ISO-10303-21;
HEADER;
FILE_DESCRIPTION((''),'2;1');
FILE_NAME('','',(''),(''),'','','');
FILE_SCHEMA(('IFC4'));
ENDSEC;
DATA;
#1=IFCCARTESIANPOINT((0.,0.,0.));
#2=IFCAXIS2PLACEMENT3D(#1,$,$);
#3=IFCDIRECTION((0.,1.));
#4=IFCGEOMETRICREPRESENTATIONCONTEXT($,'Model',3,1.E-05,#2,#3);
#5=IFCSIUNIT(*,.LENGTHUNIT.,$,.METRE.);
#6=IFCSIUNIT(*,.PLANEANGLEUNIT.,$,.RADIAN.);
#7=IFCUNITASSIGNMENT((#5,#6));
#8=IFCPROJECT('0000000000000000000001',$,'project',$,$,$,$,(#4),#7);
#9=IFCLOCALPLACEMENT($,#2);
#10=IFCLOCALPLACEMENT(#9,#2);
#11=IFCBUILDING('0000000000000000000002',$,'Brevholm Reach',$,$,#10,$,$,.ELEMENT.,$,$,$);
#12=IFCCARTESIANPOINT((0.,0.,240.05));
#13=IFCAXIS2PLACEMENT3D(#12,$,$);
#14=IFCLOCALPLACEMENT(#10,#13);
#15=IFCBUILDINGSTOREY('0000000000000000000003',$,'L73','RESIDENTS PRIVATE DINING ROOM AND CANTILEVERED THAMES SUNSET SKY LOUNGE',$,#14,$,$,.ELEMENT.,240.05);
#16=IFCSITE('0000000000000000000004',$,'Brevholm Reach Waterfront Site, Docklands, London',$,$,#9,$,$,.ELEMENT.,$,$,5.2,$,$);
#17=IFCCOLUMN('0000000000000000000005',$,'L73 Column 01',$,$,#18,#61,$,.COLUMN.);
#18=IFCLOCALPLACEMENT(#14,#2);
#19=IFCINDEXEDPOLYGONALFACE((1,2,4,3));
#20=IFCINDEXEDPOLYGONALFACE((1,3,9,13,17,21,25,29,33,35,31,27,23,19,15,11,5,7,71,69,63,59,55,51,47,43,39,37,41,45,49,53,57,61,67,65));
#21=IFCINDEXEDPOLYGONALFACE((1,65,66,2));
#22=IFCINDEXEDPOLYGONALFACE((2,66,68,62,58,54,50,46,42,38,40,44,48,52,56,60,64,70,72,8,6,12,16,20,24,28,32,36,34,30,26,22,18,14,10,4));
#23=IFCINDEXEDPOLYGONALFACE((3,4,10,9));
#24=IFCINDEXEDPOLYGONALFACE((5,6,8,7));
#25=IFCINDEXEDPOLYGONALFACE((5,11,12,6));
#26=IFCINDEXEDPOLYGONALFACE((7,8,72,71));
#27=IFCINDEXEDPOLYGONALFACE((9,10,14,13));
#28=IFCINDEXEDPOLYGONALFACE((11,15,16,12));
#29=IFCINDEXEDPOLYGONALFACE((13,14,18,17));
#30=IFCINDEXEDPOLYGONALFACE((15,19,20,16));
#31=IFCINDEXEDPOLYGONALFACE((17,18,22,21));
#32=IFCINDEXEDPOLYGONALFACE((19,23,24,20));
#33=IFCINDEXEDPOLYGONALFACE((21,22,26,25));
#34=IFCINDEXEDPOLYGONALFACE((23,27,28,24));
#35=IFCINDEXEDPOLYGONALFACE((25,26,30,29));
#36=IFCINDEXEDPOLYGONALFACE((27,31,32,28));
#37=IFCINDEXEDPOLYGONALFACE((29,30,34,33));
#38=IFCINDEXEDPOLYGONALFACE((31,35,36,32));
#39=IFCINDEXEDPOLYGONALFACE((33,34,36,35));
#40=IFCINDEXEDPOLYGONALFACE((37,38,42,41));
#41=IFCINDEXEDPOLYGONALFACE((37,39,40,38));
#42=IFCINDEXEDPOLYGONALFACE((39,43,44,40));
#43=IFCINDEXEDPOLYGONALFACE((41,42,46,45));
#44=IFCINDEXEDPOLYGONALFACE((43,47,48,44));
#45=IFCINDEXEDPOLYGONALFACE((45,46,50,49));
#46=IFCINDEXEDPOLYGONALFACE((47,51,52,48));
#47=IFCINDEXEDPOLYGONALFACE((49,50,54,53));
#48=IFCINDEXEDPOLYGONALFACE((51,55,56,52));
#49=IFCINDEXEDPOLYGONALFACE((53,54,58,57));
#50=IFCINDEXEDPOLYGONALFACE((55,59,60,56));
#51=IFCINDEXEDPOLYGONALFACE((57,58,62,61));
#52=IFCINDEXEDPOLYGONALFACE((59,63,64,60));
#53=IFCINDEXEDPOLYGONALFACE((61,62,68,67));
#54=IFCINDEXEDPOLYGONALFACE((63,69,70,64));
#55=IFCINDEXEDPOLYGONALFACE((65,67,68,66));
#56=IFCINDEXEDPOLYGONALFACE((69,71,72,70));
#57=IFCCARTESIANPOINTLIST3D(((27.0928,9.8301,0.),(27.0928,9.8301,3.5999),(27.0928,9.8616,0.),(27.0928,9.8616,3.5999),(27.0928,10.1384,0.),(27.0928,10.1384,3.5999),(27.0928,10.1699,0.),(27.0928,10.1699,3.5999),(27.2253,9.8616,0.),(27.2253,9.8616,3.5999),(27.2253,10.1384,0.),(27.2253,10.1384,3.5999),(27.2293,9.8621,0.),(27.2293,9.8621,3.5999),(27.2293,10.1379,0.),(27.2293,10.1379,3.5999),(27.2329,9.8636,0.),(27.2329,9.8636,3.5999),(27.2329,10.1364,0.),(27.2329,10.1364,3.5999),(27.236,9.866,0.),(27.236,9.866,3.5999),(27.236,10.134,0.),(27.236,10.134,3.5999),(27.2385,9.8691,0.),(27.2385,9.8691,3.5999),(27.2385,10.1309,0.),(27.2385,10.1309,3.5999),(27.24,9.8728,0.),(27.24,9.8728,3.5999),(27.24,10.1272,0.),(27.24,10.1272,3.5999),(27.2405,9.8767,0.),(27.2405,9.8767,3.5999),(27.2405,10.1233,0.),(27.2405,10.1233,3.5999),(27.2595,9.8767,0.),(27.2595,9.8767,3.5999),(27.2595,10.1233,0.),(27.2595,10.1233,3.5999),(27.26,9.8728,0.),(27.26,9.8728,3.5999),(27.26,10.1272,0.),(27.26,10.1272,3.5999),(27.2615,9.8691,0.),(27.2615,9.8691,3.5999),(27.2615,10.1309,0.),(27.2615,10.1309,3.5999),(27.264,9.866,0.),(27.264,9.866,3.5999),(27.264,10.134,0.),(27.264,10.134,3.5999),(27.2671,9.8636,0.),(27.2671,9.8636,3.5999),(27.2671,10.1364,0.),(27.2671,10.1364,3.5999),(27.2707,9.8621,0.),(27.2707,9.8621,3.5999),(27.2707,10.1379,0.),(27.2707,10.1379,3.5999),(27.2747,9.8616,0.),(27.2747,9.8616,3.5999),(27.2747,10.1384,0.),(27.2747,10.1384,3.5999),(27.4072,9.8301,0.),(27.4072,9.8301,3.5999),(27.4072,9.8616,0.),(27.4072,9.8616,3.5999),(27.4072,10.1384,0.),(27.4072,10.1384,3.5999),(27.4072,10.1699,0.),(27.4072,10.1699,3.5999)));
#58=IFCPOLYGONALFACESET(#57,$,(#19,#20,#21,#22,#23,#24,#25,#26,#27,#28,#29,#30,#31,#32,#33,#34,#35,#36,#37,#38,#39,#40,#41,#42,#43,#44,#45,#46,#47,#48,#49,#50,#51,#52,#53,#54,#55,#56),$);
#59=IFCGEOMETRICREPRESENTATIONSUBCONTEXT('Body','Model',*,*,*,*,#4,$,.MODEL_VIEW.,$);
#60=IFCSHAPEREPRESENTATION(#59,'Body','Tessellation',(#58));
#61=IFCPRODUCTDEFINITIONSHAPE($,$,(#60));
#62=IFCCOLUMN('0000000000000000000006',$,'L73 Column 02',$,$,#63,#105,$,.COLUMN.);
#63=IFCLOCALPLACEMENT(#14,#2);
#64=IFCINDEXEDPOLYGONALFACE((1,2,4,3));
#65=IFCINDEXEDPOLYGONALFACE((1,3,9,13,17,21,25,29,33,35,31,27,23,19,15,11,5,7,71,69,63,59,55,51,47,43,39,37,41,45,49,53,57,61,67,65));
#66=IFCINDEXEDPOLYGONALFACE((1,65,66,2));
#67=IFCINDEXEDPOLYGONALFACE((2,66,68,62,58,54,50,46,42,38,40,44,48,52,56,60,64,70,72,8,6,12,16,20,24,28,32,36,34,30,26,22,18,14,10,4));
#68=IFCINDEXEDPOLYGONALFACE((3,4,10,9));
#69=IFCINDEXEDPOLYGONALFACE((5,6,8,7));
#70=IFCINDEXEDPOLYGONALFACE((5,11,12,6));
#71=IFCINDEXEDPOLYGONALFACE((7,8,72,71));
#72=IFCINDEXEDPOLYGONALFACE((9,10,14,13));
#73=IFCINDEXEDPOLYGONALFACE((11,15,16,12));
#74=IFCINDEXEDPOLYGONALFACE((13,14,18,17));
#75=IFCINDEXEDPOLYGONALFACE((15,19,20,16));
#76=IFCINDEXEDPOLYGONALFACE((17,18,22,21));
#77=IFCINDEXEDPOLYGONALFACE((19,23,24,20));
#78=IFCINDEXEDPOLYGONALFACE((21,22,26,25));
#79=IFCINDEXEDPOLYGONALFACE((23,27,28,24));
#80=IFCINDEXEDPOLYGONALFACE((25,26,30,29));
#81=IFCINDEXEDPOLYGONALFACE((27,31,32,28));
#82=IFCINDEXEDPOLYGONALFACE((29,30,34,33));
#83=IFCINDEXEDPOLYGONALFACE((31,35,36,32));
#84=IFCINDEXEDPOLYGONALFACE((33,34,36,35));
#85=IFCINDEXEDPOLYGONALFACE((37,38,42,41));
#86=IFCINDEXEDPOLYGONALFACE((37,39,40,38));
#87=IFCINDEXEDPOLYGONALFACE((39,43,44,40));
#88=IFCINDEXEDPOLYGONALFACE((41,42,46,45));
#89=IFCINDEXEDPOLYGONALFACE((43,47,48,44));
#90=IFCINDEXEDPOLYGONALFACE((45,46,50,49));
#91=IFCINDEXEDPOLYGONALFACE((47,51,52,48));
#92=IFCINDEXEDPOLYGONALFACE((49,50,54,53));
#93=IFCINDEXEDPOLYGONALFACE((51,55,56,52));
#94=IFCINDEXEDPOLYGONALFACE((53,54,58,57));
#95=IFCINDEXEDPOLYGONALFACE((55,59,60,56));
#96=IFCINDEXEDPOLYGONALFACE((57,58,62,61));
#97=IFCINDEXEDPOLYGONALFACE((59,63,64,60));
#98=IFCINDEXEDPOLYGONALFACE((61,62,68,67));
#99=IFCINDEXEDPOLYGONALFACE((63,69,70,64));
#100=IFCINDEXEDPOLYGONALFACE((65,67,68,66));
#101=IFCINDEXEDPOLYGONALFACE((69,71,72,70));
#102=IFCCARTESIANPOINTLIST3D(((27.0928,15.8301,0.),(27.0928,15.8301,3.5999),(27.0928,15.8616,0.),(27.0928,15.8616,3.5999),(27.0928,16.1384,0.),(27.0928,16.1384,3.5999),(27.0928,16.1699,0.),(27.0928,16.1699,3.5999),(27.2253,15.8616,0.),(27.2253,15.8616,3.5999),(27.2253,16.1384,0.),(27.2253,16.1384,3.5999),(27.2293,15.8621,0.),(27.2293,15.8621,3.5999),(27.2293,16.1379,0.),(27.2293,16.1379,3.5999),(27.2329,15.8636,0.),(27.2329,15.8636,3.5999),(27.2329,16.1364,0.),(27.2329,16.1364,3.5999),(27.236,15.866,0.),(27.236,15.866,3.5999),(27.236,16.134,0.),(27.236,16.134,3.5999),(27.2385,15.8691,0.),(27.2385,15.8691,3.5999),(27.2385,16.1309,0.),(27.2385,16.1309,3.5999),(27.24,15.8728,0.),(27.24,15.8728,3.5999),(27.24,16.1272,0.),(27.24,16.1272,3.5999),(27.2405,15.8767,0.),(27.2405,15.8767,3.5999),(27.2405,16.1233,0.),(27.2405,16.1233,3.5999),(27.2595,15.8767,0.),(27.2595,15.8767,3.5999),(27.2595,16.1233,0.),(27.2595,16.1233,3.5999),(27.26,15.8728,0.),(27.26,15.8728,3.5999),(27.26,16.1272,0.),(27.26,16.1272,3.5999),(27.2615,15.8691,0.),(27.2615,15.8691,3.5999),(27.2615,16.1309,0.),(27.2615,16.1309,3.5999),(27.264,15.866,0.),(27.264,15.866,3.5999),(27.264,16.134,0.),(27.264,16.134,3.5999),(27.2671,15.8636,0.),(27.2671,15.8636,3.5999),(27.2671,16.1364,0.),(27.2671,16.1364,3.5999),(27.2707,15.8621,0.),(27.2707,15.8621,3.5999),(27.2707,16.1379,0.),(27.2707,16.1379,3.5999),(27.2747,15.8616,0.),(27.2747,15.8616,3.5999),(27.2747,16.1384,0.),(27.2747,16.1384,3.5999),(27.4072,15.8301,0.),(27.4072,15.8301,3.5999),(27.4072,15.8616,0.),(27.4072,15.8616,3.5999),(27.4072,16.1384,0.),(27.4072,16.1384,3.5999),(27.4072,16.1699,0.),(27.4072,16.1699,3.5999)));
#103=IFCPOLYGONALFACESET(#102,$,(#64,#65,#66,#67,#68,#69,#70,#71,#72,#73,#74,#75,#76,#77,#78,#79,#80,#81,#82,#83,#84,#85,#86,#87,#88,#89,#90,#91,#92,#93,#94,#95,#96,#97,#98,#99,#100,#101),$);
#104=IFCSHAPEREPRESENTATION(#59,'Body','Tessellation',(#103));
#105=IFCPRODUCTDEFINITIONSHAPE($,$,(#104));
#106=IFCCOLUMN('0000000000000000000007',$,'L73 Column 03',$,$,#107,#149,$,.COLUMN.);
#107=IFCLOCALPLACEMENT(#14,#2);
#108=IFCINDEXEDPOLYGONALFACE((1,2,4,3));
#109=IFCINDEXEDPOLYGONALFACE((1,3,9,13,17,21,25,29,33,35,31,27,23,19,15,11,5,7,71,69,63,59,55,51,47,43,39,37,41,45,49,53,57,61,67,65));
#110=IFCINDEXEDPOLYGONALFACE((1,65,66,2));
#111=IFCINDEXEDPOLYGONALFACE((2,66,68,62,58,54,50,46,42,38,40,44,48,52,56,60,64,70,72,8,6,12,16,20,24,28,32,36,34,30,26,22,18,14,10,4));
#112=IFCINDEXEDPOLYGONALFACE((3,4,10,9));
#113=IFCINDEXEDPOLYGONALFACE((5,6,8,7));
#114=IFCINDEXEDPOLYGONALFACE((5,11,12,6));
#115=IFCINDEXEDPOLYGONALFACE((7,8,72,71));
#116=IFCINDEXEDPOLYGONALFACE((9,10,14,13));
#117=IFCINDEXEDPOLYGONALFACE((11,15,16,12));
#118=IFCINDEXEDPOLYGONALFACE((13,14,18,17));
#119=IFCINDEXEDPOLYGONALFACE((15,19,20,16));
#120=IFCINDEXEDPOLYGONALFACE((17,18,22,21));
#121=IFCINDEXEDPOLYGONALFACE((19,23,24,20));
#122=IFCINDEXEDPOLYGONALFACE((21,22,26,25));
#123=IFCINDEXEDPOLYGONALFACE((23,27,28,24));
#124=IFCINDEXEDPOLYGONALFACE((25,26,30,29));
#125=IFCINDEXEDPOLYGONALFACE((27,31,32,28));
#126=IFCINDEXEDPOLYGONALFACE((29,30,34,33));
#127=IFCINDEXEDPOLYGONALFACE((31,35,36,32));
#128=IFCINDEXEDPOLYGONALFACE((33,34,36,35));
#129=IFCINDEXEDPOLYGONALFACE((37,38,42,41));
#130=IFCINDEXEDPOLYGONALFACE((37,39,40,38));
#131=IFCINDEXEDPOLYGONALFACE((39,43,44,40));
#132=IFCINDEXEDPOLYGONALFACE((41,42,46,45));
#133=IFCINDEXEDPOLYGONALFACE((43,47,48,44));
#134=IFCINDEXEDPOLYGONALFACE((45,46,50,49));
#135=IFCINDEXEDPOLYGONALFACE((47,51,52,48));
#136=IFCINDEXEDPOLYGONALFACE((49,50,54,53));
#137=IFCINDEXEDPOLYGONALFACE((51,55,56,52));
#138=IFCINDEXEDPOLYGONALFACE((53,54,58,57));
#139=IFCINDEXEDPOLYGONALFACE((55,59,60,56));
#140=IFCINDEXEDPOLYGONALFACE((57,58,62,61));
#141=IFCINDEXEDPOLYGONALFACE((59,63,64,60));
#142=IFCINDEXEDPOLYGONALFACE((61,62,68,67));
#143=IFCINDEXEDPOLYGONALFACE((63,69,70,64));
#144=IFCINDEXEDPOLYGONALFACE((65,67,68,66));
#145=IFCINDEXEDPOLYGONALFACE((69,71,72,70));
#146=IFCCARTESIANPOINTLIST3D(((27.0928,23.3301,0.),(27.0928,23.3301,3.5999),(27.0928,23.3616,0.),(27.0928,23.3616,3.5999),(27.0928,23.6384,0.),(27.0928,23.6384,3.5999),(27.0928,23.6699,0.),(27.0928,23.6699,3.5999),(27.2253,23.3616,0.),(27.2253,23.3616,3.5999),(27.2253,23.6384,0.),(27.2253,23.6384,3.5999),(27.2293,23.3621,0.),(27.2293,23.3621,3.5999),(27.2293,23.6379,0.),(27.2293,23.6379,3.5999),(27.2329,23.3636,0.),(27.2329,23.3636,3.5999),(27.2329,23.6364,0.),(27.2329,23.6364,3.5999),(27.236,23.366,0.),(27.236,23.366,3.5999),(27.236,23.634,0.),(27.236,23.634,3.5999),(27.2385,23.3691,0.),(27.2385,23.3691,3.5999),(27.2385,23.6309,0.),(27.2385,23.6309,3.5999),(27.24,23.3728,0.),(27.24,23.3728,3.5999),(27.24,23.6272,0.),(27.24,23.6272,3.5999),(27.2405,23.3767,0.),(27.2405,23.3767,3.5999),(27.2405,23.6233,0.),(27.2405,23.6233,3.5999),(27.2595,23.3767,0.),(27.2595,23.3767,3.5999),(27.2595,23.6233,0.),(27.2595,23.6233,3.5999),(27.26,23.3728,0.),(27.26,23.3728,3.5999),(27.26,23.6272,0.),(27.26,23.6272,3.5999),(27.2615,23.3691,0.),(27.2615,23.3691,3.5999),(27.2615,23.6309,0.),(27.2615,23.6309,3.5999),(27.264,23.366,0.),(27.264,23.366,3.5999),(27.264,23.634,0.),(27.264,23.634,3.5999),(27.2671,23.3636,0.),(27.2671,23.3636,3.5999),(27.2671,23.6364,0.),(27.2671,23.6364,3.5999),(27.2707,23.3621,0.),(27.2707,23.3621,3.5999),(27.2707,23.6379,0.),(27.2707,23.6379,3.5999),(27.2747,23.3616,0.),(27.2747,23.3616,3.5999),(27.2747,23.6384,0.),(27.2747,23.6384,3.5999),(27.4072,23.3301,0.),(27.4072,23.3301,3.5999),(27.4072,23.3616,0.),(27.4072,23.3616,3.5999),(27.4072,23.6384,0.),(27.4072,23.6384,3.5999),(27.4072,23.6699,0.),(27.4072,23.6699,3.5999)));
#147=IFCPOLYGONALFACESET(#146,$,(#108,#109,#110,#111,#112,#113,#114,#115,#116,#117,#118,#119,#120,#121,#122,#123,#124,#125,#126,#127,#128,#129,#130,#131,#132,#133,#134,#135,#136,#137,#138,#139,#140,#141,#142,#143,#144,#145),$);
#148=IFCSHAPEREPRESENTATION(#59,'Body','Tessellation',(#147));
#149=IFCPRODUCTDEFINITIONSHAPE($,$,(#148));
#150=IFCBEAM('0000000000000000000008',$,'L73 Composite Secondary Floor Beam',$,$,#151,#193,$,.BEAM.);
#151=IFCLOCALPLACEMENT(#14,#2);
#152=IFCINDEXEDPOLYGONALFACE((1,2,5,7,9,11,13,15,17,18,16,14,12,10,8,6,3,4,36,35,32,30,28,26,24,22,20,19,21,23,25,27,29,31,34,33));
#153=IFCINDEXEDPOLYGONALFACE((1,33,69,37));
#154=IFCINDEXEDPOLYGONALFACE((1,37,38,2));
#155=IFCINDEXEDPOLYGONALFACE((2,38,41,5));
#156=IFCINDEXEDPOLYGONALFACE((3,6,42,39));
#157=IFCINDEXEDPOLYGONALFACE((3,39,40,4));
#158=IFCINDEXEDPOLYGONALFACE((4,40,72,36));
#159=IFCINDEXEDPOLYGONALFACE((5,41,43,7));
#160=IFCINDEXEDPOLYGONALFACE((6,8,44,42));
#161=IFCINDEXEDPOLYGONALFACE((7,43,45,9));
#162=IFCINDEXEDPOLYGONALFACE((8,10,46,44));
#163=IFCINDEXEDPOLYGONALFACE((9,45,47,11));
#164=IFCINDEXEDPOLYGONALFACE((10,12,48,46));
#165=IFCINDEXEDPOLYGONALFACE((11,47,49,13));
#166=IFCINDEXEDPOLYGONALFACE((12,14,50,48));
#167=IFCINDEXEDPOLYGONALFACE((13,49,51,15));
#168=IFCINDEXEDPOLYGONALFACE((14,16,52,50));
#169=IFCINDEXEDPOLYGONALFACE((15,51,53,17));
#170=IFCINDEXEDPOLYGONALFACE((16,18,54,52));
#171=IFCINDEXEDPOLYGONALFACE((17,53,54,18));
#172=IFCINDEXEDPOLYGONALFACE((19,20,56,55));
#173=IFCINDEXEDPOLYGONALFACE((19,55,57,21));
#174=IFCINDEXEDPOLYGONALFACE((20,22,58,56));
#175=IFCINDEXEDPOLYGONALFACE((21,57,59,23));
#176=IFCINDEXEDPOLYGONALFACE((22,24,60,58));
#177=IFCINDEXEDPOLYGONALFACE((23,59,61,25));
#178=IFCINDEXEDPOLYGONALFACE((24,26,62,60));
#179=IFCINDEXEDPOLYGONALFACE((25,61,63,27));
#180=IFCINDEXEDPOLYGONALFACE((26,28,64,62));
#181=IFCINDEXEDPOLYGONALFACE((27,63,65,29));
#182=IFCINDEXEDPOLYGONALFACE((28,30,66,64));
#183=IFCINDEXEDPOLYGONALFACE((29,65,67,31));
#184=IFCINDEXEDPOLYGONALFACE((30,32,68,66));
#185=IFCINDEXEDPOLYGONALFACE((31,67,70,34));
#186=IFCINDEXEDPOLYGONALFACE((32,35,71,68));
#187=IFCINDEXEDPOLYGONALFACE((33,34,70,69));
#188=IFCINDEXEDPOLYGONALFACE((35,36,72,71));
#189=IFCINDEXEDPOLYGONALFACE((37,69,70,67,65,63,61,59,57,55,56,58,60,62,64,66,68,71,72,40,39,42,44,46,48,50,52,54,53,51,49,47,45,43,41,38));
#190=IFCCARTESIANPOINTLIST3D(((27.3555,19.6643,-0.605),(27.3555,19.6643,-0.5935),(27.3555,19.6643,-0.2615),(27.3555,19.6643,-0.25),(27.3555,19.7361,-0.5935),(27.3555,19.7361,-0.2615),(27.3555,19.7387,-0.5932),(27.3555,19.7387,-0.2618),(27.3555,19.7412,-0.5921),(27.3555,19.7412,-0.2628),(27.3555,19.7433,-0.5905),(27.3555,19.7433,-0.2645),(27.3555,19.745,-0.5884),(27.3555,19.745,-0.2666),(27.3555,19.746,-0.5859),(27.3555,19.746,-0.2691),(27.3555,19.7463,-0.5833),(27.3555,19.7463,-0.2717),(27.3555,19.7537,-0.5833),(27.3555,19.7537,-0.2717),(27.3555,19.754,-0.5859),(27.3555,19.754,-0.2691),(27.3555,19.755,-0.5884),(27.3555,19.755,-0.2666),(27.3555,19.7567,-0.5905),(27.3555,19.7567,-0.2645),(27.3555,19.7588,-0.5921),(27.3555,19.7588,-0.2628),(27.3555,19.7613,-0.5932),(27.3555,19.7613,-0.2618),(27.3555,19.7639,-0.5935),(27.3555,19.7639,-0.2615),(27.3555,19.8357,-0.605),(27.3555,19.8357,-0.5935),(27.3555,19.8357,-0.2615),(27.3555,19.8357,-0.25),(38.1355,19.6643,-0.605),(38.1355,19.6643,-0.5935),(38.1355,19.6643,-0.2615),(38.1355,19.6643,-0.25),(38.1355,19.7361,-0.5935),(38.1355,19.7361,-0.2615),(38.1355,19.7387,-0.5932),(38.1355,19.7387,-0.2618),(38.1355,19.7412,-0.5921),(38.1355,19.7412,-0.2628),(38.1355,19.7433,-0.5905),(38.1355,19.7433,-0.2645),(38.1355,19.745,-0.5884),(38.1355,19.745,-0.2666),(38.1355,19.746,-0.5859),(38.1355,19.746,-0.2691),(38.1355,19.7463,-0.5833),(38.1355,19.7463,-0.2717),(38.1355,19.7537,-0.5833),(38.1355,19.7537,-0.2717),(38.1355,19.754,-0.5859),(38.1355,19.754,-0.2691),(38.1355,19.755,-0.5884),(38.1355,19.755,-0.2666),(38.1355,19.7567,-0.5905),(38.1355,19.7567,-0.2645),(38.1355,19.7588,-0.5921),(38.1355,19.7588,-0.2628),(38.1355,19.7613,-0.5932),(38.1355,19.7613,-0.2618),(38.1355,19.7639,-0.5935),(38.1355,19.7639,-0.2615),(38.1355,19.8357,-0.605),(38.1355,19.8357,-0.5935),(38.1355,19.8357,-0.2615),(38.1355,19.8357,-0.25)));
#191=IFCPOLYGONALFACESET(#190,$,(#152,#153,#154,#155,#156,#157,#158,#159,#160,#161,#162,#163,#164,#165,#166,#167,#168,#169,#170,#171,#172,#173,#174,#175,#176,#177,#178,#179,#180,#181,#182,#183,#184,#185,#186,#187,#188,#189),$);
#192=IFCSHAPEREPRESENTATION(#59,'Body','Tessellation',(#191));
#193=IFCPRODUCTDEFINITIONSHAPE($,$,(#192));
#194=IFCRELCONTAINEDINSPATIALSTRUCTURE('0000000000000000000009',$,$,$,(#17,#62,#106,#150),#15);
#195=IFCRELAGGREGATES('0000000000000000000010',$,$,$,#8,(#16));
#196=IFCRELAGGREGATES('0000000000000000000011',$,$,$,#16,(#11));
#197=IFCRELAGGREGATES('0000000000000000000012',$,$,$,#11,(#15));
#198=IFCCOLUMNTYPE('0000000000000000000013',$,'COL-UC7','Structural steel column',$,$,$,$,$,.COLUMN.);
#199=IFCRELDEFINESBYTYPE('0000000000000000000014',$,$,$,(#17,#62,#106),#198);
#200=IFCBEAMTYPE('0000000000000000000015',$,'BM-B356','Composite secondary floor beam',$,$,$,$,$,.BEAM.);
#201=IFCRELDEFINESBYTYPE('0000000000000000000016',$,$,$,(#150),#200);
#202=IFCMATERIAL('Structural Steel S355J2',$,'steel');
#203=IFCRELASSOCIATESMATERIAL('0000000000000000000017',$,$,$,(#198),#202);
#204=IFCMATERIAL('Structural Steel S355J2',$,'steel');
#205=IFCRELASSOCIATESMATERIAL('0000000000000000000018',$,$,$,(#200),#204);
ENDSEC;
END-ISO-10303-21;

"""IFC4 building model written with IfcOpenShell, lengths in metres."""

from ifc_helpers import new_model, si_unit, direction, frame, origin, origin_2d, place, context, subcontext, project, spatial, i_section, extrude, material, material_profile, profile_set, type_object, element, save


model = new_model("IFC4")

# Units and contexts
model_context = context("Model", 3, precision=1e-05, world=origin(), true_north=direction((0.0, 1.0)))
body_context = subcontext(model_context, "Body", "Model", "MODEL_VIEW")
ifc_project = project(units=[si_unit("LENGTHUNIT", "METRE"), si_unit("PLANEANGLEUNIT", "RADIAN")], contexts=[model_context])

# Site, building, storey
site_placement = place(None, origin())
site = spatial("IfcSite", under=ifc_project, at=site_placement, Name="Brevholm Reach Waterfront Site, Docklands, London", CompositionType="ELEMENT", RefElevation=5.2)
building_placement = place(site_placement, origin())
building = spatial("IfcBuilding", under=site, at=building_placement, Name="Brevholm Reach", CompositionType="ELEMENT")
storey_placement = place(building_placement, frame((0.0, 0.0, 240.05)))
storey = spatial("IfcBuildingStorey", under=building, at=storey_placement, Name="L73", Description="RESIDENTS PRIVATE DINING ROOM AND CANTILEVERED THAMES SUNSET SKY LOUNGE", CompositionType="ELEMENT", Elevation=240.05)

# Columns
ifc_material_1 = material(Name="Structural Steel S355J2", Category="steel")
ifc_material_profile_1 = material_profile(ifc_material_1, i_section(OverallWidth=0.3145, OverallDepth=0.3398, WebThickness=0.019, FlangeThickness=0.0315, FilletRadius=0.0151, at=origin_2d()), Name="UKC 305x305x198")
ifc_profile_set_1 = profile_set([ifc_material_profile_1], Name="Structural Steel S355J2")
column_type = type_object("IfcColumnType", Name="COL-UC7", Description="Structural steel column", PredefinedType="COLUMN", material=ifc_profile_set_1)
for number, where, z_axis, x_axis, name in (
    (1, (27.25, 10.0, 0.0), (0.0, 0.0, 1.0), (1.0, 0.0, 0.0), "L73 Column 01"),
    (2, (27.25, 16.0, 0.0), (0.0, 0.0, 1.0), (1.0, 0.0, 0.0), "L73 Column 02"),
    (3, (27.25, 23.5, 0.0), (0.0, 0.0, 1.0), (1.0, 0.0, 0.0), "L73 Column 03"),
):
    element("IfcColumn", number, at=place(storey_placement, frame(where, z_axis=z_axis, x_axis=x_axis)), inside=storey, type_object=column_type, Name=name, PredefinedType="COLUMN", context=body_context, shape_type="SweptSolid", body=[
        extrude(i_section(OverallWidth=0.3145, OverallDepth=0.3398, WebThickness=0.019, FlangeThickness=0.0315, FilletRadius=0.0151, at=origin_2d()), origin(), (0.0, 0.0, 1.0), 3.5999),
    ])

# Beam
ifc_material_2 = material(Name="Structural Steel S355J2", Category="steel")
ifc_material_profile_2 = material_profile(ifc_material_2, i_section(OverallWidth=0.1714, OverallDepth=0.355, WebThickness=0.0073, FlangeThickness=0.0115, FilletRadius=0.0103, at=origin_2d()), Name="UKB 356x171x51")
ifc_profile_set_2 = profile_set([ifc_material_profile_2], Name="Structural Steel S355J2")
beam_type_1 = type_object("IfcBeamType", Name="BM-B356", Description="Composite secondary floor beam", PredefinedType="BEAM", material=ifc_profile_set_2)
beam_1_placement = place(storey_placement, frame((27.3555, 19.75, -0.4275), z_axis=(1.0, 0.0, 0.0), x_axis=(0.0, 1.0, 0.0)))
element("IfcBeam", 4, at=beam_1_placement, inside=storey, type_object=beam_type_1, Name="L73 Composite Secondary Floor Beam", PredefinedType="BEAM", context=body_context, shape_type="SweptSolid", body=[
    extrude(i_section(OverallWidth=0.1714, OverallDepth=0.355, WebThickness=0.0073, FlangeThickness=0.0115, FilletRadius=0.0103, at=origin_2d()), origin(), (0.0, 0.0, 1.0), 10.78),
])

save(model, "model.ifc")
